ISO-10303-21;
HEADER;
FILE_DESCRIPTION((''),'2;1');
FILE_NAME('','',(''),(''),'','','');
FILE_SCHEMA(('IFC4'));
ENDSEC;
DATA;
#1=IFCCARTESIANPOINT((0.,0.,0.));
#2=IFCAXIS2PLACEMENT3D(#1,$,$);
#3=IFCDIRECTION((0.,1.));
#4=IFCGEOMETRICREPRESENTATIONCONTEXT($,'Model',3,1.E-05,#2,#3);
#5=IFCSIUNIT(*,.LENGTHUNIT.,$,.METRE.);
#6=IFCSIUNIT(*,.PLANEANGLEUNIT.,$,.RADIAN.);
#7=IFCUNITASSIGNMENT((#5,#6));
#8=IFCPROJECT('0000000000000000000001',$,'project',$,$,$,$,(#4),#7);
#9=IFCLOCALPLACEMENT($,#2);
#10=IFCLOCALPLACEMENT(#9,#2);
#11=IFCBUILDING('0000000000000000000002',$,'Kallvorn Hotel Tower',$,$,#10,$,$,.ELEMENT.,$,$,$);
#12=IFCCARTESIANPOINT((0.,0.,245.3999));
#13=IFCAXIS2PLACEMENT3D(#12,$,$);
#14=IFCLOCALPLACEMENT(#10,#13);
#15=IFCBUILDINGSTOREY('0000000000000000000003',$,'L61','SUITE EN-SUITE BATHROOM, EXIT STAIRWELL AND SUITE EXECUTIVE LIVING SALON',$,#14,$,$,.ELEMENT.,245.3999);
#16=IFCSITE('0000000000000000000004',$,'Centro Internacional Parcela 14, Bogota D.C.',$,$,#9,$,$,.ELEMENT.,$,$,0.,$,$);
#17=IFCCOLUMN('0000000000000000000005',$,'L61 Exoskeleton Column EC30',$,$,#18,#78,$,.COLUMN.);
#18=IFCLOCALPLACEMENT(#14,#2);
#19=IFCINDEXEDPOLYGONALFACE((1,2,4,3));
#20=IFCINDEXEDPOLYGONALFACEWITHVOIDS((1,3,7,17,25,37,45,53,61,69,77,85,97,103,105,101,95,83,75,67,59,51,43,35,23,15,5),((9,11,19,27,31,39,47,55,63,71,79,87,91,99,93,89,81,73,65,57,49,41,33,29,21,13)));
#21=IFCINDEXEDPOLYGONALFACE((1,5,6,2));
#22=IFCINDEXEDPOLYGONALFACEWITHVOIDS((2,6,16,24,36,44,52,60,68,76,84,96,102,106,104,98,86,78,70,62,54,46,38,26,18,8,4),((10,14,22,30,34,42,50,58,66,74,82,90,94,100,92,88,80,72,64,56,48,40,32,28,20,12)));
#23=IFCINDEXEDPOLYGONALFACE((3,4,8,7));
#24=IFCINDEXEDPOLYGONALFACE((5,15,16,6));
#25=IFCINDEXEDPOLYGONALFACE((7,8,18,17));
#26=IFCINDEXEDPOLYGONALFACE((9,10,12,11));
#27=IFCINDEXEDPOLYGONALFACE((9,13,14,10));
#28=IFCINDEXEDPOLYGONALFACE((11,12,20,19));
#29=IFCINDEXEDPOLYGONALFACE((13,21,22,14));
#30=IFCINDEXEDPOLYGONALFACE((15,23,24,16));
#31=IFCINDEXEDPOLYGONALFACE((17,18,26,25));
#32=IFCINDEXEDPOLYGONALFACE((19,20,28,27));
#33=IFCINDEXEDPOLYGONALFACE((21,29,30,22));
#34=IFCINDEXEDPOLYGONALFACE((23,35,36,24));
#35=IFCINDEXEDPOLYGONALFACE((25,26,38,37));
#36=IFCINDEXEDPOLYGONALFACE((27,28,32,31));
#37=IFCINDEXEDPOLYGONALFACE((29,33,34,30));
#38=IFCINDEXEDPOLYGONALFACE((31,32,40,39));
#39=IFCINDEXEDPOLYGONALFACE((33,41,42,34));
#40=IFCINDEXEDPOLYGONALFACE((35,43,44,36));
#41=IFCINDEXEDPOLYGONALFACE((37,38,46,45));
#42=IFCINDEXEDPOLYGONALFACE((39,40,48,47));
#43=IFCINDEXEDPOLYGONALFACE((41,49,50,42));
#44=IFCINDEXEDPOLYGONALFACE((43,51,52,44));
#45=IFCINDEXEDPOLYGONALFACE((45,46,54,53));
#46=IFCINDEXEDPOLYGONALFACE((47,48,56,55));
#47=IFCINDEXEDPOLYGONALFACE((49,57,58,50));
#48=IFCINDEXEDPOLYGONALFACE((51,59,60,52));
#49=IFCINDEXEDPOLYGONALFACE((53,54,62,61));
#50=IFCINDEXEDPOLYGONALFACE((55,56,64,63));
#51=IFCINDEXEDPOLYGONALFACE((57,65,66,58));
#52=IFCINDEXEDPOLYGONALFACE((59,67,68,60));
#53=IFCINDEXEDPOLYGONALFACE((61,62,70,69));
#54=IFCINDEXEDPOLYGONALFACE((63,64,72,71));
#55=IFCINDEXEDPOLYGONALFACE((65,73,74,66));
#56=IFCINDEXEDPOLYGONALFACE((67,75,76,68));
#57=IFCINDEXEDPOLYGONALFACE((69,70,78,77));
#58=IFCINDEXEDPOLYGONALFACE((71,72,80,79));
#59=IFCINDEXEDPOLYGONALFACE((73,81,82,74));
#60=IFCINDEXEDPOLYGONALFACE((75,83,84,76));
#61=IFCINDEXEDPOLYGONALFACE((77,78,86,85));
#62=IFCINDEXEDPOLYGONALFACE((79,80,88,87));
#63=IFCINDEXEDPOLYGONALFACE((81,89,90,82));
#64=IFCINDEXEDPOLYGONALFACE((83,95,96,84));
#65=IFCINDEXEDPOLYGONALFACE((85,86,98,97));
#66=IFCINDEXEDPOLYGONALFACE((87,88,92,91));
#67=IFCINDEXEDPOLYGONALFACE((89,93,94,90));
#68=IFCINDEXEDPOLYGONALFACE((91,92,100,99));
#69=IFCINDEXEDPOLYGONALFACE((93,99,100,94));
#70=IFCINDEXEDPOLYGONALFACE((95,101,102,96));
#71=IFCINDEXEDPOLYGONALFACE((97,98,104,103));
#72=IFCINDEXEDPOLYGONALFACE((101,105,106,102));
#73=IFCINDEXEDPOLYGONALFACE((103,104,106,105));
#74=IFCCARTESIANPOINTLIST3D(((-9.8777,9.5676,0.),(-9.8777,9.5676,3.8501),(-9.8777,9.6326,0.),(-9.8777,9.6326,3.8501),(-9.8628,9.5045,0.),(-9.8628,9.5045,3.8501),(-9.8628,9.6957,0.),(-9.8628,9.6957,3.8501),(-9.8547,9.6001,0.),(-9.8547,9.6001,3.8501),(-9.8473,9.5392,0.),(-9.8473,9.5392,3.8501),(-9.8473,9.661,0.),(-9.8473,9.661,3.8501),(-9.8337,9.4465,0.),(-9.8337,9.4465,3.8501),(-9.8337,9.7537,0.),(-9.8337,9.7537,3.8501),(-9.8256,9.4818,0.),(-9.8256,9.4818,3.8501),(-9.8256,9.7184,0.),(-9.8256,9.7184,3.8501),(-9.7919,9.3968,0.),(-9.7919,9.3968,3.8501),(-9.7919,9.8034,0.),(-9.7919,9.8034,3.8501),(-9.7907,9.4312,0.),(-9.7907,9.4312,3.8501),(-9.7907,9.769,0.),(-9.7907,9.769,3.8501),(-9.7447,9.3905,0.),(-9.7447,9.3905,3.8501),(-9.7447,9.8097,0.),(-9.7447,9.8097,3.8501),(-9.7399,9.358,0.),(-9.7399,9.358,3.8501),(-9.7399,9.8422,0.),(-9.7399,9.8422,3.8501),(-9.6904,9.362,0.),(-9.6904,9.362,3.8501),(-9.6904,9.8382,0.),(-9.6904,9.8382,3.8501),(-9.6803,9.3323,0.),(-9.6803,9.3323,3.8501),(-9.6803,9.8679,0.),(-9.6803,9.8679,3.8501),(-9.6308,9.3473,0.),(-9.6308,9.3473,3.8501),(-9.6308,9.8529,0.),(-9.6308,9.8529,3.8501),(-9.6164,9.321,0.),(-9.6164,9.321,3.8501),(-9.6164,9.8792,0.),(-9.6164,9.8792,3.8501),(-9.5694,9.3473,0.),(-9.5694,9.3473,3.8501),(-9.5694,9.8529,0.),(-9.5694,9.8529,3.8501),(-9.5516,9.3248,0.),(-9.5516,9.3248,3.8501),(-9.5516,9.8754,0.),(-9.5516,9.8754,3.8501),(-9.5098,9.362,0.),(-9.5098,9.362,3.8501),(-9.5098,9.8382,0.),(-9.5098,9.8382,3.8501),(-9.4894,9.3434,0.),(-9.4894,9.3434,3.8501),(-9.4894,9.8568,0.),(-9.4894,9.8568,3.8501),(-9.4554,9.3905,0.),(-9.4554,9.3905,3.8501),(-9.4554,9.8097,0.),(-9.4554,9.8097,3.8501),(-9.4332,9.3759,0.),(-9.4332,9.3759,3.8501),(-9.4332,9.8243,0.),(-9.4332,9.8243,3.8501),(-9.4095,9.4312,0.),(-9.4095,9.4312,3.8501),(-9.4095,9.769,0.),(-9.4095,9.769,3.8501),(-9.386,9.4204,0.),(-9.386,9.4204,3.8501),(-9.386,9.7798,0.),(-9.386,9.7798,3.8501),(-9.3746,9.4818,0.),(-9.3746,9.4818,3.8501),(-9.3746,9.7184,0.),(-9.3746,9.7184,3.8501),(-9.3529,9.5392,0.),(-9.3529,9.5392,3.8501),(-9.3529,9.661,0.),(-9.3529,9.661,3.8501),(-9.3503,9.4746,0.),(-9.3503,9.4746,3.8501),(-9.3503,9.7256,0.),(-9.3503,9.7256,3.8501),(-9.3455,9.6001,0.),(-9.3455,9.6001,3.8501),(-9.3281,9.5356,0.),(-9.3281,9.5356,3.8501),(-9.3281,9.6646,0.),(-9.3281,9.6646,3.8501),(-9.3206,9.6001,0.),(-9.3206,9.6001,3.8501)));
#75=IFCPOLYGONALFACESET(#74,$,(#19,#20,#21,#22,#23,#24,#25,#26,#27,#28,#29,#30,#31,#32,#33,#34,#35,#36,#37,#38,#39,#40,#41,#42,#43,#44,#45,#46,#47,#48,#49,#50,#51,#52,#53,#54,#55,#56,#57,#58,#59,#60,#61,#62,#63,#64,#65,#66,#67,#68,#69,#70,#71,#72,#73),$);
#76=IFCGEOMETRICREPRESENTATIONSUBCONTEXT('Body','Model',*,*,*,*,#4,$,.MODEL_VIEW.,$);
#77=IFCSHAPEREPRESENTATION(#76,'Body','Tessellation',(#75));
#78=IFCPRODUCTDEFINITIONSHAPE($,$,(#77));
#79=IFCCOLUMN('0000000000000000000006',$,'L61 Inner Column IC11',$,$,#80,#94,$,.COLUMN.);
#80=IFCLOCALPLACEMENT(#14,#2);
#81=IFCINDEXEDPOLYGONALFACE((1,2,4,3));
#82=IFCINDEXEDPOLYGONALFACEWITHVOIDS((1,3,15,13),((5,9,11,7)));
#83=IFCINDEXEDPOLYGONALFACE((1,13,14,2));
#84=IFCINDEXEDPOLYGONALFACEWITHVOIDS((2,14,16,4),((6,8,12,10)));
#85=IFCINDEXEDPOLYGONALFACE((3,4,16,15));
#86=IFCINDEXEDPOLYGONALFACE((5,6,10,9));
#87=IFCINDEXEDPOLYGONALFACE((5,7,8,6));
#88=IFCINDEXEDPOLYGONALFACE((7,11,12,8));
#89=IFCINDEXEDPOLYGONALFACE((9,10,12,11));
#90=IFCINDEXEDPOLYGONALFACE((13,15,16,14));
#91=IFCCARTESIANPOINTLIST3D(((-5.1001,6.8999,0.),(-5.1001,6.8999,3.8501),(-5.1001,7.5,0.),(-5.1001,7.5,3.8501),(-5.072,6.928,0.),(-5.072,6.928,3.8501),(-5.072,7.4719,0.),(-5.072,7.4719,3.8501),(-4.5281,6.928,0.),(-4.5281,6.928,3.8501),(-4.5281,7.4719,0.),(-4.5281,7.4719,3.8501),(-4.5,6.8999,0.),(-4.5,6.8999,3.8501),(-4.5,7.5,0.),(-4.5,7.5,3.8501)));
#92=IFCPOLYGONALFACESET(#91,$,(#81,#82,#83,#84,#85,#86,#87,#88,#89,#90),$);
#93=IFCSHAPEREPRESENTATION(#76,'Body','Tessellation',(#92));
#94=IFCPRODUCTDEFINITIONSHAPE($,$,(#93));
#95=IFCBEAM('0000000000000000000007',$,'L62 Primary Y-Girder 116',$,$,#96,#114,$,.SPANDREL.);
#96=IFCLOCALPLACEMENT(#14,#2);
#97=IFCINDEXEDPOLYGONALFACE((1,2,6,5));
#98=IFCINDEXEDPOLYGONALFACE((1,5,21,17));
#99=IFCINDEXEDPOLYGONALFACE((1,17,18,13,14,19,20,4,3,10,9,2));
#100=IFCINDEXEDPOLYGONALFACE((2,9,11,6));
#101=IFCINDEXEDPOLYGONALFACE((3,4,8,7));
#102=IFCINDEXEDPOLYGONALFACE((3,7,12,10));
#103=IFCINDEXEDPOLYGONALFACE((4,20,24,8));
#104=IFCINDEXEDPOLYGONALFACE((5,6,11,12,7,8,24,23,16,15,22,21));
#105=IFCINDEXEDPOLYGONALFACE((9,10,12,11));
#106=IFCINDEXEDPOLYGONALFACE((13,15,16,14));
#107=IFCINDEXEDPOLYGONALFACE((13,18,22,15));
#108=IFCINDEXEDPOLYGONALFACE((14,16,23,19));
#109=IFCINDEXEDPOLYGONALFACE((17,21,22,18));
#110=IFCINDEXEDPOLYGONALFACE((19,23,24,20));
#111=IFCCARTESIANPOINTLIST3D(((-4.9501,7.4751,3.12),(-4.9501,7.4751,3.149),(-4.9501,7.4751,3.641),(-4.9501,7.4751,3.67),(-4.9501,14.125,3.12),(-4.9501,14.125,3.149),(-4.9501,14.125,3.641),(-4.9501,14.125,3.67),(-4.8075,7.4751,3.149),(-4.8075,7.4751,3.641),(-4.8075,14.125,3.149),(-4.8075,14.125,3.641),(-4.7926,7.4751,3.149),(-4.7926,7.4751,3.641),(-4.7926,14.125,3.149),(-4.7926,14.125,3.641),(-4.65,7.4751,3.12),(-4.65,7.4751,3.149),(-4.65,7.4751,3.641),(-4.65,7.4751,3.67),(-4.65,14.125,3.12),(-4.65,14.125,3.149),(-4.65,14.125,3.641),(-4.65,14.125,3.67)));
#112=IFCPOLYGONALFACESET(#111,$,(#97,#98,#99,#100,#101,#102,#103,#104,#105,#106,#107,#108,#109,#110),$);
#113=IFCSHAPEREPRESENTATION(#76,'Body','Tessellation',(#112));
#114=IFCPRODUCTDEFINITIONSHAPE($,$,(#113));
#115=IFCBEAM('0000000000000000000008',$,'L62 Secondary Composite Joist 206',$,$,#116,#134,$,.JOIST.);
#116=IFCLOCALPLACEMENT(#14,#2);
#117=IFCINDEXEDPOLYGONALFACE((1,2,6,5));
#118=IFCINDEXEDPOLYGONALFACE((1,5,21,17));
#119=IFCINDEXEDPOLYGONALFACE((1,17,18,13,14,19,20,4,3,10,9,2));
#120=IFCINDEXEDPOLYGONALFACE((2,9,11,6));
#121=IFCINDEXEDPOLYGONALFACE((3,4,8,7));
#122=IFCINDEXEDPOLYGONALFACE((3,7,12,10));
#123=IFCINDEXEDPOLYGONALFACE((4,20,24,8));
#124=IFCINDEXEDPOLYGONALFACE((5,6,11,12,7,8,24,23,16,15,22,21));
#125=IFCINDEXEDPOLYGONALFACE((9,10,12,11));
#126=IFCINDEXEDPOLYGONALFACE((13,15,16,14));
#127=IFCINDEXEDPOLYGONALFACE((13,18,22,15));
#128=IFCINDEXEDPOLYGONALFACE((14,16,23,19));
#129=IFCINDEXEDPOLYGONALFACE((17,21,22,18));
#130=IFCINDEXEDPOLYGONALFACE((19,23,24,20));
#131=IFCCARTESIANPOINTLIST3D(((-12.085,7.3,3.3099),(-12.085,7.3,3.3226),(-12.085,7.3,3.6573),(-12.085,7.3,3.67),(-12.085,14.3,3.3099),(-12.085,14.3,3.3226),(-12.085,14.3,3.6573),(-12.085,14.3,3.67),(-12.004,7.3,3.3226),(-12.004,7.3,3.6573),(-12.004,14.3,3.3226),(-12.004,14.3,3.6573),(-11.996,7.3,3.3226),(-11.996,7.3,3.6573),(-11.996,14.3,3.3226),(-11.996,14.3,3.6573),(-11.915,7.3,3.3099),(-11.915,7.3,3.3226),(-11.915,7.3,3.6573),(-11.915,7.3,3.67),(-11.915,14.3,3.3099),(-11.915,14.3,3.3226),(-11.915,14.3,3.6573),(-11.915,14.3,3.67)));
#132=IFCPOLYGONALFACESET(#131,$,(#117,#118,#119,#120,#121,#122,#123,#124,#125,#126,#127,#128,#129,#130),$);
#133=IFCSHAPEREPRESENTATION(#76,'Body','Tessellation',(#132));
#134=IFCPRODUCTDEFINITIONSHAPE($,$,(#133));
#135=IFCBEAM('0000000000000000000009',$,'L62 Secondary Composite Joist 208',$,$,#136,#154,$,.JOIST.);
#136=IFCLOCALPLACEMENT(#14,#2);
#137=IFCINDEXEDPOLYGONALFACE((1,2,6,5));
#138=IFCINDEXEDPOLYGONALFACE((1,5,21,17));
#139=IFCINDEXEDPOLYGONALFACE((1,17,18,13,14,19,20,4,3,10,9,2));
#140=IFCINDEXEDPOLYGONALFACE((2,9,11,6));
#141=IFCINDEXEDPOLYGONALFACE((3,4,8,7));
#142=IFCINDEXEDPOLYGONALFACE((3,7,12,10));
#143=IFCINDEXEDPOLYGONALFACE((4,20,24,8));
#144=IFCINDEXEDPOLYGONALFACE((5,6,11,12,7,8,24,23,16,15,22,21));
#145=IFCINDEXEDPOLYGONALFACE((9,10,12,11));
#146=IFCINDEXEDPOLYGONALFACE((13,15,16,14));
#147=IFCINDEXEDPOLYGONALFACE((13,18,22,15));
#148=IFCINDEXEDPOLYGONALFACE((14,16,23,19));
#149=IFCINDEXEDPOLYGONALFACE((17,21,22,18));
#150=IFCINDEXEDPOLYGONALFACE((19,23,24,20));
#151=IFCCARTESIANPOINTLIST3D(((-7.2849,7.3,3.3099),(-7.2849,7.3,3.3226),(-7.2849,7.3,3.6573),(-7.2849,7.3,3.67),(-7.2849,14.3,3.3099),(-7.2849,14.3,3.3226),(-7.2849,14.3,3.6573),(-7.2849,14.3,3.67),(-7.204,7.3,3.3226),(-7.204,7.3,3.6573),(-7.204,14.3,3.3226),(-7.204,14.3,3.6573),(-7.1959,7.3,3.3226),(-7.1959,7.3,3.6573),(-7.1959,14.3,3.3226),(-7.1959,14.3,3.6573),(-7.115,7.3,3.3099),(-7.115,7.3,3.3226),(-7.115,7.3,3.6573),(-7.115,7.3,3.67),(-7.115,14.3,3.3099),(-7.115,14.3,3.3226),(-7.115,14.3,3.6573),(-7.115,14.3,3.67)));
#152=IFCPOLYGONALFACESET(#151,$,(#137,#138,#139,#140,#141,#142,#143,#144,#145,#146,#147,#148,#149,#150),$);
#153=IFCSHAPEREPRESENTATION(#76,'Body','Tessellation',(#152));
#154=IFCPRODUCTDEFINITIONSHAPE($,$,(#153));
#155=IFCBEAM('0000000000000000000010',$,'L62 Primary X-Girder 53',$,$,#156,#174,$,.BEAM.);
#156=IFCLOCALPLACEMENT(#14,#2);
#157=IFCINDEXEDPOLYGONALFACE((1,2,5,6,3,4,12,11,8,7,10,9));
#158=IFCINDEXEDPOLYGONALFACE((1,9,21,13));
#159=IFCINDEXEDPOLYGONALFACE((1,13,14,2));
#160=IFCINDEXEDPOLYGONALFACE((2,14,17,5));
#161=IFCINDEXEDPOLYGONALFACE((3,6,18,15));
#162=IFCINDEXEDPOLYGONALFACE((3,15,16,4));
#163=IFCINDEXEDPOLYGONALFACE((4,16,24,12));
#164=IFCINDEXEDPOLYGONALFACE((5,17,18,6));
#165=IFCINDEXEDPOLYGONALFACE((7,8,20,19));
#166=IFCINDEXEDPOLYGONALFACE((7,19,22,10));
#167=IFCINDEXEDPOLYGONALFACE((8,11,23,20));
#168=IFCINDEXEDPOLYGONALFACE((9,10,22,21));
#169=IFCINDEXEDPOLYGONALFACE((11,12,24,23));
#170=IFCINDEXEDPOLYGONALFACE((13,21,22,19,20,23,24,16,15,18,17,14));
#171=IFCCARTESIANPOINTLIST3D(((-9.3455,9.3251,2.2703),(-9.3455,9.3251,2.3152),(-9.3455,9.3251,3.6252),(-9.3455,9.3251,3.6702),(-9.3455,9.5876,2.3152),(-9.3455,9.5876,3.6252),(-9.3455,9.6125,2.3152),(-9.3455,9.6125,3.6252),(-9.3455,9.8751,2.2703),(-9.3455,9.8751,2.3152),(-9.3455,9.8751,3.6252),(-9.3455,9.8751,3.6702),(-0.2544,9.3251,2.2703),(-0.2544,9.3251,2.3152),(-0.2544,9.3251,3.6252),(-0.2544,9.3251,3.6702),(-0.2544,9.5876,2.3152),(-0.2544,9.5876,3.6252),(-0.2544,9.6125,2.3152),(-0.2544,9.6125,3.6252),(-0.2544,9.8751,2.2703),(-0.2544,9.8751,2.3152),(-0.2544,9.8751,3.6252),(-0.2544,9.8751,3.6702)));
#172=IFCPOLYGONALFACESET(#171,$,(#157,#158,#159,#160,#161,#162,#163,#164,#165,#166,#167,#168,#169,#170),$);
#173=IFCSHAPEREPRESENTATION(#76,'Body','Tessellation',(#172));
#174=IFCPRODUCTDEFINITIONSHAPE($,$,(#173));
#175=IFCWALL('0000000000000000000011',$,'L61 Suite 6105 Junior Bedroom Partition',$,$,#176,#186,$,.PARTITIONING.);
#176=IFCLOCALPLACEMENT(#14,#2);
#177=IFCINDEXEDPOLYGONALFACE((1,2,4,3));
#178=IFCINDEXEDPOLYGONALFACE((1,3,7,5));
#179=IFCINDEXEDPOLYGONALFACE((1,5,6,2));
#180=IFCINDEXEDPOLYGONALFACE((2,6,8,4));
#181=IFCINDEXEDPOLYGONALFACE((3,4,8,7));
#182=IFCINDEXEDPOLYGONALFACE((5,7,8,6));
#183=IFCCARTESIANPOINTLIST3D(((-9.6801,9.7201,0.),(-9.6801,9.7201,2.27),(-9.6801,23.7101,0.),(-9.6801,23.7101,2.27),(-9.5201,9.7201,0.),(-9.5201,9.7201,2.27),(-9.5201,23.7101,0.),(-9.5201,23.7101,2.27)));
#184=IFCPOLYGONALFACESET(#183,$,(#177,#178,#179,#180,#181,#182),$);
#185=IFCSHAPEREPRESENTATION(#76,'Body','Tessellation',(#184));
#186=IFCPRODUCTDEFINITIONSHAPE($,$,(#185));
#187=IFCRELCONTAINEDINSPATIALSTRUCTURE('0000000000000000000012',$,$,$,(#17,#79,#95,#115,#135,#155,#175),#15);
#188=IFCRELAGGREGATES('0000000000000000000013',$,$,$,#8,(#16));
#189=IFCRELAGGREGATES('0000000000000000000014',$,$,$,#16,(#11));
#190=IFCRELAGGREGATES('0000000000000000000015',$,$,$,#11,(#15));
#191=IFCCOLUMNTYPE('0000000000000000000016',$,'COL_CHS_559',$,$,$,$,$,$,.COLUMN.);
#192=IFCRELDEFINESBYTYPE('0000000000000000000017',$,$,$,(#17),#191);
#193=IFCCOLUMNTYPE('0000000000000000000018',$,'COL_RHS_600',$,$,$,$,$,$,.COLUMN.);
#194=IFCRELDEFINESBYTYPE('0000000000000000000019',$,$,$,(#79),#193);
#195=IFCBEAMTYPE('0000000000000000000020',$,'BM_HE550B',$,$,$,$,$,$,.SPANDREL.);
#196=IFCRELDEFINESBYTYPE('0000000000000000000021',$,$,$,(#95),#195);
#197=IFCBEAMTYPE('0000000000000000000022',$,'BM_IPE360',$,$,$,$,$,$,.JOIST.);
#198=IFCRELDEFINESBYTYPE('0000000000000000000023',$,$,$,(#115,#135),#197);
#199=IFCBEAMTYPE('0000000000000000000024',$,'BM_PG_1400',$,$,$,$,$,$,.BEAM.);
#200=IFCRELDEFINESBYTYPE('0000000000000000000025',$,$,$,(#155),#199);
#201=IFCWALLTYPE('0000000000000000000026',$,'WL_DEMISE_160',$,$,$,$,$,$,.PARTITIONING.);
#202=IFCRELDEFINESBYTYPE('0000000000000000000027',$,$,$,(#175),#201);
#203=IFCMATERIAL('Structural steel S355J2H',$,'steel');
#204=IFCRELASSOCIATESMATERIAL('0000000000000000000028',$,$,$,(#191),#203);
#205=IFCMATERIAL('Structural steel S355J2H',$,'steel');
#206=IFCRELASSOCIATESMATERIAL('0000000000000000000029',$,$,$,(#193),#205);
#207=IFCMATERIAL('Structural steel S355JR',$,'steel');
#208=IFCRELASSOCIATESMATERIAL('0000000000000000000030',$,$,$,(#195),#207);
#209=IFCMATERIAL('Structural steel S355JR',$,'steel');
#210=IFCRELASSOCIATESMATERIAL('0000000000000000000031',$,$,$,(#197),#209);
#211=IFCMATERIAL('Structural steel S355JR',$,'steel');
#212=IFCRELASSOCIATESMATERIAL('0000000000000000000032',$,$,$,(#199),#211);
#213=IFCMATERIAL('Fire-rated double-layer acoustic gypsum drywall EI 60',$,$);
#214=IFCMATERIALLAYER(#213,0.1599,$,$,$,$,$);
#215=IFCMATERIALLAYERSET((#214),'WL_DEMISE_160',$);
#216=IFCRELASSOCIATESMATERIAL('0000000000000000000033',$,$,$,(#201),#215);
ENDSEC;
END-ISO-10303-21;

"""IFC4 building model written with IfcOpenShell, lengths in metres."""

from ifc_helpers import new_model, si_unit, direction, frame, frame_2d, origin, origin_2d, place, context, subcontext, project, spatial, rectangle, hollow_rectangle, hollow_circle, i_section, extrude, material, layer, layer_set, material_profile, profile_set, type_object, element, save


model = new_model("IFC4")

# Units and contexts
model_context = context("Model", 3, precision=1e-05, world=origin(), true_north=direction((0.0, 1.0)))
body_context = subcontext(model_context, "Body", "Model", "MODEL_VIEW")
ifc_project = project(units=[si_unit("LENGTHUNIT", "METRE"), si_unit("PLANEANGLEUNIT", "RADIAN")], contexts=[model_context])

# Site, building, storey
site_placement = place(None, origin())
site = spatial("IfcSite", under=ifc_project, at=site_placement, Name="Centro Internacional Parcela 14, Bogota D.C.", CompositionType="ELEMENT", RefElevation=0.0)
building_placement = place(site_placement, origin())
building = spatial("IfcBuilding", under=site, at=building_placement, Name="Kallvorn Hotel Tower", CompositionType="ELEMENT")
storey_placement = place(building_placement, frame((0.0, 0.0, 245.3999)))
storey = spatial("IfcBuildingStorey", under=building, at=storey_placement, Name="L61", Description="SUITE EN-SUITE BATHROOM, EXIT STAIRWELL AND SUITE EXECUTIVE LIVING SALON", CompositionType="ELEMENT", Elevation=245.3999)

# Columns
ifc_material_1 = material(Name="Structural steel S355J2H", Category="steel")
ifc_material_profile_1 = material_profile(ifc_material_1, hollow_circle(Radius=0.2795, WallThickness=0.0249, at=origin_2d()), Name="CHS 559x25")
ifc_profile_set_1 = profile_set([ifc_material_profile_1], Name="Structural steel S355J2H")
column_type_1 = type_object("IfcColumnType", Name="COL_CHS_559", PredefinedType="COLUMN", material=ifc_profile_set_1)
column_1_placement = place(storey_placement, frame((-9.6001, 9.6001, 0.0), z_axis=(0.0, 0.0, 1.0), x_axis=(1.0, 0.0, 0.0)))
element("IfcColumn", 1, at=column_1_placement, inside=storey, type_object=column_type_1, Name="L61 Exoskeleton Column EC30", PredefinedType="COLUMN", context=body_context, shape_type="SweptSolid", body=[
    extrude(hollow_circle(Radius=0.2795, WallThickness=0.0249, at=origin_2d()), origin(), (0.0, 0.0, 1.0), 3.8501),
])
ifc_material_2 = material(Name="Structural steel S355J2H", Category="steel")
ifc_material_profile_2 = material_profile(ifc_material_2, hollow_rectangle(XDim=0.6001, YDim=0.6001, WallThickness=0.0281, at=origin_2d()), Name="RHS 600x600x28")
ifc_profile_set_2 = profile_set([ifc_material_profile_2], Name="Structural steel S355J2H")
column_type_2 = type_object("IfcColumnType", Name="COL_RHS_600", PredefinedType="COLUMN", material=ifc_profile_set_2)
column_2_placement = place(storey_placement, frame((-4.8, 7.2, 0.0), z_axis=(0.0, 0.0, 1.0), x_axis=(1.0, 0.0, 0.0)))
element("IfcColumn", 2, at=column_2_placement, inside=storey, type_object=column_type_2, Name="L61 Inner Column IC11", PredefinedType="COLUMN", context=body_context, shape_type="SweptSolid", body=[
    extrude(hollow_rectangle(XDim=0.6001, YDim=0.6001, WallThickness=0.0281, at=origin_2d()), origin(), (0.0, 0.0, 1.0), 3.8501),
])

# Beams
ifc_material_3 = material(Name="Structural steel S355JR", Category="steel")
ifc_material_profile_3 = material_profile(ifc_material_3, i_section(OverallWidth=0.3, OverallDepth=0.55, WebThickness=0.0149, FlangeThickness=0.0291, at=origin_2d()), Name="HE 550 B")
ifc_profile_set_3 = profile_set([ifc_material_profile_3], Name="Structural steel S355JR")
beam_type_1 = type_object("IfcBeamType", Name="BM_HE550B", PredefinedType="SPANDREL", material=ifc_profile_set_3)
beam_1_placement = place(storey_placement, frame((-4.8, 7.4751, 3.395), z_axis=(0.0, 1.0, 0.0), x_axis=(-1.0, 0.0, 0.0)))
element("IfcBeam", 3, at=beam_1_placement, inside=storey, type_object=beam_type_1, Name="L62 Primary Y-Girder 116", PredefinedType="SPANDREL", context=body_context, shape_type="SweptSolid", body=[
    extrude(i_section(OverallWidth=0.3, OverallDepth=0.55, WebThickness=0.0149, FlangeThickness=0.0291, at=origin_2d()), origin(), (0.0, 0.0, 1.0), 6.6499),
])
ifc_material_4 = material(Name="Structural steel S355JR", Category="steel")
ifc_material_profile_4 = material_profile(ifc_material_4, i_section(OverallWidth=0.1699, OverallDepth=0.3601, WebThickness=0.0081, FlangeThickness=0.0127, at=origin_2d()), Name="IPE 360")
ifc_profile_set_4 = profile_set([ifc_material_profile_4], Name="Structural steel S355JR")
beam_type_2 = type_object("IfcBeamType", Name="BM_IPE360", PredefinedType="JOIST", material=ifc_profile_set_4)
for number, where, z_axis, x_axis, name in (
    (4, (-12.0, 7.3, 3.49), (0.0, 1.0, 0.0), (-1.0, 0.0, 0.0), "L62 Secondary Composite Joist 206"),
    (5, (-7.2, 7.3, 3.49), (0.0, 1.0, 0.0), (-1.0, 0.0, 0.0), "L62 Secondary Composite Joist 208"),
):
    element("IfcBeam", number, at=place(storey_placement, frame(where, z_axis=z_axis, x_axis=x_axis)), inside=storey, type_object=beam_type_2, Name=name, PredefinedType="JOIST", context=body_context, shape_type="SweptSolid", body=[
        extrude(i_section(OverallWidth=0.1699, OverallDepth=0.3601, WebThickness=0.0081, FlangeThickness=0.0127, at=origin_2d()), origin(), (0.0, 0.0, 1.0), 7.0),
    ])
ifc_material_5 = material(Name="Structural steel S355JR", Category="steel")
ifc_material_profile_5 = material_profile(ifc_material_5, i_section(OverallWidth=0.55, OverallDepth=1.3999, WebThickness=0.0249, FlangeThickness=0.0449, at=origin_2d()), Name="PG 1400x550x25x45")
ifc_profile_set_5 = profile_set([ifc_material_profile_5], Name="Structural steel S355JR")
beam_type_3 = type_object("IfcBeamType", Name="BM_PG_1400", PredefinedType="BEAM", material=ifc_profile_set_5)
beam_2_placement = place(storey_placement, frame((-9.3455, 9.6001, 2.9702), z_axis=(1.0, 0.0, 0.0), x_axis=(0.0, 1.0, 0.0)))
element("IfcBeam", 6, at=beam_2_placement, inside=storey, type_object=beam_type_3, Name="L62 Primary X-Girder 53", PredefinedType="BEAM", context=body_context, shape_type="SweptSolid", body=[
    extrude(i_section(OverallWidth=0.55, OverallDepth=1.3999, WebThickness=0.0249, FlangeThickness=0.0449, at=origin_2d()), origin(), (0.0, 0.0, 1.0), 9.0911),
])

# Wall
ifc_material_6 = material(Name="Fire-rated double-layer acoustic gypsum drywall EI 60")
ifc_layer_1 = layer(ifc_material_6, 0.1599)
ifc_layer_set_1 = layer_set([ifc_layer_1], Name="WL_DEMISE_160")
wall_type_1 = type_object("IfcWallType", Name="WL_DEMISE_160", PredefinedType="PARTITIONING", material=ifc_layer_set_1)
wall_1_placement = place(storey_placement, frame((-9.6001, 9.72, 0.0), z_axis=(0.0, 0.0, 1.0), x_axis=(0.0, 1.0, 0.0)))
element("IfcWall", 7, at=wall_1_placement, inside=storey, type_object=wall_type_1, Name="L61 Suite 6105 Junior Bedroom Partition", PredefinedType="PARTITIONING", context=body_context, shape_type="SweptSolid", body=[
    extrude(rectangle(XDim=13.99, YDim=0.1599, at=frame_2d((6.9951, 0.0))), origin(), (0.0, 0.0, 1.0), 2.27),
])

save(model, "model.ifc")
